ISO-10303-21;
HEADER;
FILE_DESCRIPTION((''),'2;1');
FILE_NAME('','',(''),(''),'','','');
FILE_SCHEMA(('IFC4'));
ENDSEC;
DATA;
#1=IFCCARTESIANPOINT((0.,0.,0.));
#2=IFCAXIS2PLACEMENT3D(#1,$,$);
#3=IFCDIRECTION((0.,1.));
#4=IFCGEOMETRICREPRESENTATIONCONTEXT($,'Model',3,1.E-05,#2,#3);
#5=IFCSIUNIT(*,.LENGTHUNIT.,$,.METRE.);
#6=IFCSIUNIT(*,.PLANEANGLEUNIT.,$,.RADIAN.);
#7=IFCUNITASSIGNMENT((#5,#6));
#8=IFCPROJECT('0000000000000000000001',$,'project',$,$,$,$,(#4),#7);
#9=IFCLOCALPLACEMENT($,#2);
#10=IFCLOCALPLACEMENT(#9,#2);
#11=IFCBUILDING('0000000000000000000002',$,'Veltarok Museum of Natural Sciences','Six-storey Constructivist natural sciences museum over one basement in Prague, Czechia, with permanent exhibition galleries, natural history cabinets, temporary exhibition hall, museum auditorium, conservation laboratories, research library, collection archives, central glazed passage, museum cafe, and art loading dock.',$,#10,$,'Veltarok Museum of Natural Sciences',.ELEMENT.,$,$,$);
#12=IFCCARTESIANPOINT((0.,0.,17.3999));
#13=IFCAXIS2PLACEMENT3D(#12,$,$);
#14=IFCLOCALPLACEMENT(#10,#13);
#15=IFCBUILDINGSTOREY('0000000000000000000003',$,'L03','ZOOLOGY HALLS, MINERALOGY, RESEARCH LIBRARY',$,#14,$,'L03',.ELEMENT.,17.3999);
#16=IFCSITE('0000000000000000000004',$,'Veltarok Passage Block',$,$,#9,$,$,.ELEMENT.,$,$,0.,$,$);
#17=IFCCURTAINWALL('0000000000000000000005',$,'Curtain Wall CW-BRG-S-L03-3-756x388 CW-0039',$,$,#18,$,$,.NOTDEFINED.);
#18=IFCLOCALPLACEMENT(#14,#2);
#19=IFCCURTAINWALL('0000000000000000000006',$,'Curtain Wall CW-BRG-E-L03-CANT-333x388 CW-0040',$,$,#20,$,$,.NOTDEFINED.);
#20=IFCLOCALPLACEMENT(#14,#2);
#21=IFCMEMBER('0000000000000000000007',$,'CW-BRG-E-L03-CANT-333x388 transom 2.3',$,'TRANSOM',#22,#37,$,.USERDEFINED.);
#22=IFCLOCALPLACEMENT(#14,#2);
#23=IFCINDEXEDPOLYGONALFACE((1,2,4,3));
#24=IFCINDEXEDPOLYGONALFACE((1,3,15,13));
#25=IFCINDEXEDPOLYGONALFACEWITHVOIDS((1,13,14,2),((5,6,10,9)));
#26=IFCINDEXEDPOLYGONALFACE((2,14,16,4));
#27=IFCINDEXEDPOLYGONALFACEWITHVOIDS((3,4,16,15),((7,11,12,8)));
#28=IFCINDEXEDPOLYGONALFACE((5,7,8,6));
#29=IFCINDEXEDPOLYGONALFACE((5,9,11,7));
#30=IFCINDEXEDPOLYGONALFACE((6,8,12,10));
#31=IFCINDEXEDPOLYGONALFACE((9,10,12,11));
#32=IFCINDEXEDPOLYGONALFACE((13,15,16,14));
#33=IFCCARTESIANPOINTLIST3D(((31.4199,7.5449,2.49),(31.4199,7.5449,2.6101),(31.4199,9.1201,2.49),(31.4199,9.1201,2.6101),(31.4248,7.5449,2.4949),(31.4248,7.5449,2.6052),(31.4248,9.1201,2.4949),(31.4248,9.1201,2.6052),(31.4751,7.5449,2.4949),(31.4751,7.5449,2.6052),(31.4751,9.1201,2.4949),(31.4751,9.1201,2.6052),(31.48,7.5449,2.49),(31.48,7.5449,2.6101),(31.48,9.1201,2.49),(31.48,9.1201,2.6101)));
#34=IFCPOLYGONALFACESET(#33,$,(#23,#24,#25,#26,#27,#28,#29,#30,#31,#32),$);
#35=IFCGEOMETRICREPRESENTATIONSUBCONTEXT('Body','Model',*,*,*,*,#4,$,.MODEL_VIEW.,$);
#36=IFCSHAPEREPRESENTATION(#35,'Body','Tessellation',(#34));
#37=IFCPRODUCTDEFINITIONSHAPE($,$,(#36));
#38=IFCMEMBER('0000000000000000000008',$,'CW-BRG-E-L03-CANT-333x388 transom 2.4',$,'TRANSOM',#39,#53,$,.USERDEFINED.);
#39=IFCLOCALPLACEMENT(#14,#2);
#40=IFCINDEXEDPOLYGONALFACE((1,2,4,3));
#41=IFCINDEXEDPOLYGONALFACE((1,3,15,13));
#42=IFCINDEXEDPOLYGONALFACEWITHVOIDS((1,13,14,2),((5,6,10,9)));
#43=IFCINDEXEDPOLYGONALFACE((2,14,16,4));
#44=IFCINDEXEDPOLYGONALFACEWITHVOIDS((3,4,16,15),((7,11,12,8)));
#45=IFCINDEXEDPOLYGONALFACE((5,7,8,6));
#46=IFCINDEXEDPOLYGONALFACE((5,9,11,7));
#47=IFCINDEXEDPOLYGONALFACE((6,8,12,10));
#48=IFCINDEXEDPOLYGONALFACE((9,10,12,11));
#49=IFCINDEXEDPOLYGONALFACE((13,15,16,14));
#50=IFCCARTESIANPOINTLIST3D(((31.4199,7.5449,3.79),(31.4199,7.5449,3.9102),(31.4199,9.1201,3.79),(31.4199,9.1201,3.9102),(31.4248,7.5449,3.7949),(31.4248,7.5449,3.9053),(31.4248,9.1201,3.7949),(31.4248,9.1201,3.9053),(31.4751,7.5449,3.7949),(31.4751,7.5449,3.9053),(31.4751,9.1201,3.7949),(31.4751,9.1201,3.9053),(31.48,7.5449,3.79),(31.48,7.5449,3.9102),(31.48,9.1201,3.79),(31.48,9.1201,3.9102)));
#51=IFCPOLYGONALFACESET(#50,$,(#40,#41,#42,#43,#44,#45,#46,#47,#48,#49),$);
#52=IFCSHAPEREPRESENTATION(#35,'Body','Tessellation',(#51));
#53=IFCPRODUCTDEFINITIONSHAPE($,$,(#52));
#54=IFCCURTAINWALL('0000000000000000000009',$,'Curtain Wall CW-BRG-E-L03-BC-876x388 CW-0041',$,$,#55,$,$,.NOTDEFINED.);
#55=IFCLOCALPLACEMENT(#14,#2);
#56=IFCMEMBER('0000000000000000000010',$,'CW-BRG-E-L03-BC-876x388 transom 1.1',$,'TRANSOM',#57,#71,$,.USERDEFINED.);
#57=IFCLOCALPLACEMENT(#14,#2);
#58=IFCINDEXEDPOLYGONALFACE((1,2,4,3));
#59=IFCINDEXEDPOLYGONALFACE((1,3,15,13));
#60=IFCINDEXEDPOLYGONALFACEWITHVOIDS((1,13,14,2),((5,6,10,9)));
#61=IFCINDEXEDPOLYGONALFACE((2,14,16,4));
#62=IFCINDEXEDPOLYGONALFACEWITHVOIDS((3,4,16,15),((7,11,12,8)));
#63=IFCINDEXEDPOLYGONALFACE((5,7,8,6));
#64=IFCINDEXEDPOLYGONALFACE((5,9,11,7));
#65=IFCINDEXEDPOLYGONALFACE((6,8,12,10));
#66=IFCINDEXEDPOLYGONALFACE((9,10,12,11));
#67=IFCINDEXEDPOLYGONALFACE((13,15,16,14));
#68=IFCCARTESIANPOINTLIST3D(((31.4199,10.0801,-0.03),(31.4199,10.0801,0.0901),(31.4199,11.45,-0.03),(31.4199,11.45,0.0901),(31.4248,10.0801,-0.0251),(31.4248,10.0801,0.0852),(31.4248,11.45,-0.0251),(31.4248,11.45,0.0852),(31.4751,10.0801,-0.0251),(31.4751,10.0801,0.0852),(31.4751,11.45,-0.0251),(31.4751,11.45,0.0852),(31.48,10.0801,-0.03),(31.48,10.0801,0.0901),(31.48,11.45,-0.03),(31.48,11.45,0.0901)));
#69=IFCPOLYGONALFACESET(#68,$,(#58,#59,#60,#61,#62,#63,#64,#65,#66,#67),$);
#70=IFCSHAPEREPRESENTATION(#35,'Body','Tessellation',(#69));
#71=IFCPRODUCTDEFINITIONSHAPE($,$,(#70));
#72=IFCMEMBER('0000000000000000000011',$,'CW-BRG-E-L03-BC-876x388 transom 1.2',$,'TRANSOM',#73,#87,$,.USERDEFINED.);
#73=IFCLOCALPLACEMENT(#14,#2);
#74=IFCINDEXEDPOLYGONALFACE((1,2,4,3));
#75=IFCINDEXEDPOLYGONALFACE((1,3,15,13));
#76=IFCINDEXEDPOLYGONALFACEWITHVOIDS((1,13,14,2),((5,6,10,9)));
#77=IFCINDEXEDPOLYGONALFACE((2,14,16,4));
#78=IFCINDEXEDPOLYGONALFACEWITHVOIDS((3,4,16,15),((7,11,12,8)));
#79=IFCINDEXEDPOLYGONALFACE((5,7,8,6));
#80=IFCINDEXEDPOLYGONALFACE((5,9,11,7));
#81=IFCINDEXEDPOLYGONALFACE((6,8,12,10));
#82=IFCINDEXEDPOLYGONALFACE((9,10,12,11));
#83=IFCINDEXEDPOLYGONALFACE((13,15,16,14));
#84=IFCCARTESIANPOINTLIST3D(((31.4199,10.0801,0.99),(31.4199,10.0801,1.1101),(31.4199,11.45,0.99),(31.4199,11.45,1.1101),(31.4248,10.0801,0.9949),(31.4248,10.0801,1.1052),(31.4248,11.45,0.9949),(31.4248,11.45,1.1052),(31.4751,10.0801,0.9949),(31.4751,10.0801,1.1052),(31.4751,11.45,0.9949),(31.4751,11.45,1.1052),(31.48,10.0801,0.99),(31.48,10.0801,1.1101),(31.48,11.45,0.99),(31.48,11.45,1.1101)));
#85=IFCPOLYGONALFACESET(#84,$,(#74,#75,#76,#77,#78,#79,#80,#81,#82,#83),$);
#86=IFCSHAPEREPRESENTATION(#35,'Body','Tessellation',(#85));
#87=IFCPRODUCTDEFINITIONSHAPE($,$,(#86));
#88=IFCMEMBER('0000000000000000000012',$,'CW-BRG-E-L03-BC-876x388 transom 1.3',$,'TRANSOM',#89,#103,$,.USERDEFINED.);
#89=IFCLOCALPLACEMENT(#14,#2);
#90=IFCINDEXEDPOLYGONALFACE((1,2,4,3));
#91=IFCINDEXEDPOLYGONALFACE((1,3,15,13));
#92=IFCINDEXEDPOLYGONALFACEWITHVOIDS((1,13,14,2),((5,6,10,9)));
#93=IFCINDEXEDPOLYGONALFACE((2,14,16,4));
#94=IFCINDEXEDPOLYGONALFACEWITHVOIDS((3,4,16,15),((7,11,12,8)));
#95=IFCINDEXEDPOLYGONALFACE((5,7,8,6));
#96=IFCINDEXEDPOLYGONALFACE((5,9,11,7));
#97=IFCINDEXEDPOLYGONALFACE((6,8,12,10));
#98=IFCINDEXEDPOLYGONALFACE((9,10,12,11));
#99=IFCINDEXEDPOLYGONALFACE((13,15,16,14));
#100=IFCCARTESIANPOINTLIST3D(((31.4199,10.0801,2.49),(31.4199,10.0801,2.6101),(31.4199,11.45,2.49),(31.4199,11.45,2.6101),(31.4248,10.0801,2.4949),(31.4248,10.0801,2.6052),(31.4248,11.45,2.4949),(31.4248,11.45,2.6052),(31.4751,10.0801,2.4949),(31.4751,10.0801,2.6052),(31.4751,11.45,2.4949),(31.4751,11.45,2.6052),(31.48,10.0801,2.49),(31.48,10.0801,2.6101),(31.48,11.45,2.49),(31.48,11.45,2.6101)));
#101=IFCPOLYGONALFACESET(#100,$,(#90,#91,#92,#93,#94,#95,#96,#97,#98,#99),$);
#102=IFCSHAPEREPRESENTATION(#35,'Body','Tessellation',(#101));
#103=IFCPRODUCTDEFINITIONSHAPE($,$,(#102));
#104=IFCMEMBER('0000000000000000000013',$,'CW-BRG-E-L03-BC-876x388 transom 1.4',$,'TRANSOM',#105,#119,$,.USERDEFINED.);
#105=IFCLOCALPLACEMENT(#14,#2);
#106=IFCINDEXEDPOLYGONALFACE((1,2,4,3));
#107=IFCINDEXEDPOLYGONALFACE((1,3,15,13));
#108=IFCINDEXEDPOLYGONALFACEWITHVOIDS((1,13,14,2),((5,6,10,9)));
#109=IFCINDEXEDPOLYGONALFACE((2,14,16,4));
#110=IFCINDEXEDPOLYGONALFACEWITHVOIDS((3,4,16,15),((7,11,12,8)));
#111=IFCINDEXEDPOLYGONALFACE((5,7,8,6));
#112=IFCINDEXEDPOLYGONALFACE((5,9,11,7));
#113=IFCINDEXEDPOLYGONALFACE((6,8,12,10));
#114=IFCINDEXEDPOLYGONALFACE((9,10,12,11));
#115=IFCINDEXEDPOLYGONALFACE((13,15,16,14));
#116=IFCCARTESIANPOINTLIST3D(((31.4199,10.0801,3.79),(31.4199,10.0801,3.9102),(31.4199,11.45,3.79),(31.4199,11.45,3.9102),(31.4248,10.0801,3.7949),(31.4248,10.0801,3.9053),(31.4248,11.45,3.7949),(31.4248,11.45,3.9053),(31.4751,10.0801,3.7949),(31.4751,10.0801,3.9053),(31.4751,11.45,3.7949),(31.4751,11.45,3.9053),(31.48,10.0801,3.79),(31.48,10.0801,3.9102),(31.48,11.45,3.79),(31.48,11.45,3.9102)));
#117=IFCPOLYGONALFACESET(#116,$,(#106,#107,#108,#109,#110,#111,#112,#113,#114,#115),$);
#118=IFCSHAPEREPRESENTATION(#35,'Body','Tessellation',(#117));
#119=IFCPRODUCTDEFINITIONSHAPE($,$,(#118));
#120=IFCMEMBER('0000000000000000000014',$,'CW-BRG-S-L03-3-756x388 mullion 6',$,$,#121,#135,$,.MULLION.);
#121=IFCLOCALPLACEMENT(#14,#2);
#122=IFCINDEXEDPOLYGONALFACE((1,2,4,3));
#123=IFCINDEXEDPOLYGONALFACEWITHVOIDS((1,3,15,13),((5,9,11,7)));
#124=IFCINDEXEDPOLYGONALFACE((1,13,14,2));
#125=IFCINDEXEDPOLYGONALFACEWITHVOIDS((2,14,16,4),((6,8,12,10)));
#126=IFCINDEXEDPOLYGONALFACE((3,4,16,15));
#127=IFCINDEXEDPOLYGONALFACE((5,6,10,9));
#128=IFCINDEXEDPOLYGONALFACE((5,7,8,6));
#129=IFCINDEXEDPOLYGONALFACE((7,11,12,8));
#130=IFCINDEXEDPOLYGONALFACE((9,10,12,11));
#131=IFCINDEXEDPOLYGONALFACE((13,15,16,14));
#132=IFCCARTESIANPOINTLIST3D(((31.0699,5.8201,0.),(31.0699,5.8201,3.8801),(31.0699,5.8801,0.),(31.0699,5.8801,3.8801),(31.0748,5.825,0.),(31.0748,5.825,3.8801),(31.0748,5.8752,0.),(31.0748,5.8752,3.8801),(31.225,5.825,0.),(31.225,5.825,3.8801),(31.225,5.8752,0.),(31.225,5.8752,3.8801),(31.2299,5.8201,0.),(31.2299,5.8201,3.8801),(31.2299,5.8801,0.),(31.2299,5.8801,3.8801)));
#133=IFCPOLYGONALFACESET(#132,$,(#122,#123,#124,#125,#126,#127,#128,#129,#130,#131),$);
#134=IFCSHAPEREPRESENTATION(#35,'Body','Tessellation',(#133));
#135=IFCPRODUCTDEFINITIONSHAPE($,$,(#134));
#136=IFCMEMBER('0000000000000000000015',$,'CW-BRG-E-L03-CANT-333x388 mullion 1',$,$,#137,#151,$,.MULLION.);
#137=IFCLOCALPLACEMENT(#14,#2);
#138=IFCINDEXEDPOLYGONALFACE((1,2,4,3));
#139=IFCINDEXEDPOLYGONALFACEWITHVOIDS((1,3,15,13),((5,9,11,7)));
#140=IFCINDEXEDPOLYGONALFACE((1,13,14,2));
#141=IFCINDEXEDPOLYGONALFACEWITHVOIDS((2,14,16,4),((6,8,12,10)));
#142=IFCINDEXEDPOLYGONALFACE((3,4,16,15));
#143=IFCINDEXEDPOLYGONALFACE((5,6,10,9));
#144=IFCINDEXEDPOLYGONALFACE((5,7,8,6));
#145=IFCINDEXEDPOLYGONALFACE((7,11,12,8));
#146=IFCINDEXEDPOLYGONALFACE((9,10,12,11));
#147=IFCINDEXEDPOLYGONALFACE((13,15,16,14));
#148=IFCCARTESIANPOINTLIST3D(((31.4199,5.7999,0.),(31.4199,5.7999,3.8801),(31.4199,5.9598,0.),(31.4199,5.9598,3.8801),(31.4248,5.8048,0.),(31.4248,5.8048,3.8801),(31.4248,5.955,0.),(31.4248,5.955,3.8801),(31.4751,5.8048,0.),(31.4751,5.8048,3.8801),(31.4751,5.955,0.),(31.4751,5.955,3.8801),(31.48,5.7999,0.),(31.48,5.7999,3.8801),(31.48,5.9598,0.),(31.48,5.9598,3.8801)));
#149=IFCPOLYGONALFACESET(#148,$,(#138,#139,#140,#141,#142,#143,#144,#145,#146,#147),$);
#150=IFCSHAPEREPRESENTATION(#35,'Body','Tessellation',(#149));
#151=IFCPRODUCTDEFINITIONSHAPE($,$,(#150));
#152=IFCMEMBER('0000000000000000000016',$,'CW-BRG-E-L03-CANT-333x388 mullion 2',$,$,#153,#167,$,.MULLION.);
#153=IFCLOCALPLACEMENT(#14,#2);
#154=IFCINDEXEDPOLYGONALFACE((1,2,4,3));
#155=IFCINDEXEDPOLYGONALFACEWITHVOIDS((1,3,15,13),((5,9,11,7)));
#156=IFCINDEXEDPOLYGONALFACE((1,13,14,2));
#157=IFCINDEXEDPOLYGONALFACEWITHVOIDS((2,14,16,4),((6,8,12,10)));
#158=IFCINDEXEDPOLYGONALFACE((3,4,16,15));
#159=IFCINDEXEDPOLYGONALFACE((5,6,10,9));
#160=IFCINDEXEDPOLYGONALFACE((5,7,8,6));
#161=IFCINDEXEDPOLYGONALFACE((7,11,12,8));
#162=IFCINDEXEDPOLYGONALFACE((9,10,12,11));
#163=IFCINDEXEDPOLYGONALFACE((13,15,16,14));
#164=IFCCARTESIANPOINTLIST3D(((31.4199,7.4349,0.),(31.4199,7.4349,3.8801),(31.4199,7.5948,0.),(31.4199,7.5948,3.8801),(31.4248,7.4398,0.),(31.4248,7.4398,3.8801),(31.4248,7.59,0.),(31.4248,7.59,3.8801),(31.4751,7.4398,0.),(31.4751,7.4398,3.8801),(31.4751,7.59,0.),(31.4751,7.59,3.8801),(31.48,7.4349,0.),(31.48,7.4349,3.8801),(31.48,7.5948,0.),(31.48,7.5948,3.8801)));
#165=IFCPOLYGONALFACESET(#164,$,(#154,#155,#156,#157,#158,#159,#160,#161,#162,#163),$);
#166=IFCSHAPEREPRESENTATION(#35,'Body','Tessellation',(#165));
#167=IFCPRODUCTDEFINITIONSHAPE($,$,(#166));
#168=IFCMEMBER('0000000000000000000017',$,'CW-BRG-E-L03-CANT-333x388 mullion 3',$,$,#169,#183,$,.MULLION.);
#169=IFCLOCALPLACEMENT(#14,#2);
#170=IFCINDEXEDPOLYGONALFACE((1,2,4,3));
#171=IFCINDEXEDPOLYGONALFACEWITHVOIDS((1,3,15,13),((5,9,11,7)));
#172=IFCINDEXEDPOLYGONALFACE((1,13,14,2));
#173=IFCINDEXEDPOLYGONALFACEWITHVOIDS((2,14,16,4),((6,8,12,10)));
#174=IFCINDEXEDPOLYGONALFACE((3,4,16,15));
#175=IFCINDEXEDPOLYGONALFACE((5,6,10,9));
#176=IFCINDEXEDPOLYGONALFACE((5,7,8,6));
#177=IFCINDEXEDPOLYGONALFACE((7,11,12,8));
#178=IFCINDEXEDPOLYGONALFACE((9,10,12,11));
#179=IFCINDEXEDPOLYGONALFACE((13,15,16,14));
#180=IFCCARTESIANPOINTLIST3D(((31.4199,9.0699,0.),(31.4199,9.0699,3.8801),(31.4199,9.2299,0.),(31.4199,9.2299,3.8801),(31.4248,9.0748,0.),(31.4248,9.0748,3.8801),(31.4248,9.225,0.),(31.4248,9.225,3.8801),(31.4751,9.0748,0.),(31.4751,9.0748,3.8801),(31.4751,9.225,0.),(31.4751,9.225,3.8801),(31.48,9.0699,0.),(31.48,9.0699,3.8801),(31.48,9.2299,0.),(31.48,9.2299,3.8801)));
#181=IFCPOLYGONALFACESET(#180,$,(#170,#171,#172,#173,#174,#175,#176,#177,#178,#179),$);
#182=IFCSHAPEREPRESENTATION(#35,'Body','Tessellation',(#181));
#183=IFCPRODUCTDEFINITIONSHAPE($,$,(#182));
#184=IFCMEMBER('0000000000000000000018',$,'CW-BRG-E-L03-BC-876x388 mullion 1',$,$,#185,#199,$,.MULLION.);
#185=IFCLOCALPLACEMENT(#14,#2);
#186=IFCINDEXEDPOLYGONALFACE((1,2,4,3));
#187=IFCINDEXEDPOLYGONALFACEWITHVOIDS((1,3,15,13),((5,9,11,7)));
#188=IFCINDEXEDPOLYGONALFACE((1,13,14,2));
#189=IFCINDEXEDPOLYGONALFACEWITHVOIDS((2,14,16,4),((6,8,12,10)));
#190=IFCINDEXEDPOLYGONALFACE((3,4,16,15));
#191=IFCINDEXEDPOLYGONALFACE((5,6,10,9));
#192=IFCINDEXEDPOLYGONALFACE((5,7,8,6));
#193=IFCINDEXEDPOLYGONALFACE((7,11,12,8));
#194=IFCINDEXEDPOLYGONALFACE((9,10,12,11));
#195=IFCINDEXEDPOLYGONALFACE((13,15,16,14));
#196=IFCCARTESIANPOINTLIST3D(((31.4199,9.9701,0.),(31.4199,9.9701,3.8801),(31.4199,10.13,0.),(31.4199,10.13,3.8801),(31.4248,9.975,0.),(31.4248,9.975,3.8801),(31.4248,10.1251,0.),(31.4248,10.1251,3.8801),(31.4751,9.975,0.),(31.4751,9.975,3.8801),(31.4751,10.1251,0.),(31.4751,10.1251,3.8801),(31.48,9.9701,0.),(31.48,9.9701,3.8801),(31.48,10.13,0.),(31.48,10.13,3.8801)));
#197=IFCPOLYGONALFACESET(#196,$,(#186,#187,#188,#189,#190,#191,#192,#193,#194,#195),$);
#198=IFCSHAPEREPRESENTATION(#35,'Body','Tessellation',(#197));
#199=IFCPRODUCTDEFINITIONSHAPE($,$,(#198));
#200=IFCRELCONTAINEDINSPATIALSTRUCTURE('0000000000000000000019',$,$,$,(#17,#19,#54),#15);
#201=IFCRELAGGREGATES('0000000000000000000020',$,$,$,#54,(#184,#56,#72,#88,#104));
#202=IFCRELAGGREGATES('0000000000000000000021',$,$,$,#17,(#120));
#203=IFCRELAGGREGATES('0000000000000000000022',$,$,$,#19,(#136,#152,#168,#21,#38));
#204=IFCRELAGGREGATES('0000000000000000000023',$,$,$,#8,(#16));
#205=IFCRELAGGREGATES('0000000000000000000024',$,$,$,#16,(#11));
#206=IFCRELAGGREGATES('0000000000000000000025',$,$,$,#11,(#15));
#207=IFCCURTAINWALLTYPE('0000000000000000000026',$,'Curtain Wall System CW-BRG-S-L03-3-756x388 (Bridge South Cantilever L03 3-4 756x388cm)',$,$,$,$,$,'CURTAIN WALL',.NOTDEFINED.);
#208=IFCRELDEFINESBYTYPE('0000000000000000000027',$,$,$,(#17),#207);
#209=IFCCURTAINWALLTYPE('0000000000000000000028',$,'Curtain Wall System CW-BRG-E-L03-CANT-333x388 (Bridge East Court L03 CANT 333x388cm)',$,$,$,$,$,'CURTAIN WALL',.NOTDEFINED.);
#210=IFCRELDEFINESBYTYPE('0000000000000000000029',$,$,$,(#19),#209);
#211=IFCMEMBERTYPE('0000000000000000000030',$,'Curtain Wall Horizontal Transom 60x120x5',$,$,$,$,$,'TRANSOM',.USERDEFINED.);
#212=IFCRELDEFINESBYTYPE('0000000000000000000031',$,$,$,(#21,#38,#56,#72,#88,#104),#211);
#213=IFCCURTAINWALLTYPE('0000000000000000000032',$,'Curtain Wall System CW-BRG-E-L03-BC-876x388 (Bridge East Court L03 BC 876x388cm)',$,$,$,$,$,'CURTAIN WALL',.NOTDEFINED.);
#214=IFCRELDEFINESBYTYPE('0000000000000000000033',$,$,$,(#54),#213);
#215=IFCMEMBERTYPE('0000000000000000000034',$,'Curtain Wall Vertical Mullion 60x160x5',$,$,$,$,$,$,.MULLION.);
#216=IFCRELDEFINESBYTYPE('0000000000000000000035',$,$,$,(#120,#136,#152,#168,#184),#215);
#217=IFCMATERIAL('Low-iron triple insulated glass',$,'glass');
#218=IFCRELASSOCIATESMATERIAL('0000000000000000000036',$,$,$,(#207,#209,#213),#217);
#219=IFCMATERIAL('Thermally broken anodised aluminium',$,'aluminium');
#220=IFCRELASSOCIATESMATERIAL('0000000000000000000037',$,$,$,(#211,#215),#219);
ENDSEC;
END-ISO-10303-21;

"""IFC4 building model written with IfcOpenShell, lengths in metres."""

from ifc_helpers import new_model, si_unit, direction, frame, origin, origin_2d, place, context, subcontext, project, spatial, hollow_rectangle, extrude, material, material_profile, profile_set, type_object, element, aggregate, save


model = new_model("IFC4")

# Units and contexts
model_context = context("Model", 3, precision=1e-05, world=origin(), true_north=direction((0.0, 1.0)))
body_context = subcontext(model_context, "Body", "Model", "MODEL_VIEW")
ifc_project = project(units=[si_unit("LENGTHUNIT", "METRE"), si_unit("PLANEANGLEUNIT", "RADIAN")], contexts=[model_context])

# Site, building, storey
site_placement = place(None, origin())
site = spatial("IfcSite", under=ifc_project, at=site_placement, Name="Veltarok Passage Block", CompositionType="ELEMENT", RefElevation=0.0)
building_placement = place(site_placement, origin())
building = spatial("IfcBuilding", under=site, at=building_placement, Name="Veltarok Museum of Natural Sciences", Description="Six-storey Constructivist natural sciences museum over one basement in Prague, Czechia, with permanent exhibition galleries, natural history cabinets, temporary exhibition hall, museum auditorium, conservation laboratories, research library, collection archives, central glazed passage, museum cafe, and art loading dock.", LongName="Veltarok Museum of Natural Sciences", CompositionType="ELEMENT")
storey_placement = place(building_placement, frame((0.0, 0.0, 17.3999)))
storey = spatial("IfcBuildingStorey", under=building, at=storey_placement, Name="L03", Description="ZOOLOGY HALLS, MINERALOGY, RESEARCH LIBRARY", LongName="L03", CompositionType="ELEMENT", Elevation=17.3999)

# Curtain walls, members
ifc_material_1 = material(Name="Low-iron triple insulated glass", Category="glass")
curtain_wall_type_1 = type_object("IfcCurtainWallType", Name="Curtain Wall System CW-BRG-S-L03-3-756x388 (Bridge South Cantilever L03 3-4 756x388cm)", ElementType="CURTAIN WALL", PredefinedType="NOTDEFINED", material=ifc_material_1)
curtain_wall_1_placement = place(storey_placement, origin())
curtain_wall_1 = element("IfcCurtainWall", 1, at=curtain_wall_1_placement, inside=storey, type_object=curtain_wall_type_1, Name="Curtain Wall CW-BRG-S-L03-3-756x388 CW-0039", PredefinedType="NOTDEFINED")
ifc_material_2 = material(Name="Thermally broken anodised aluminium", Category="aluminium")
ifc_material_profile_1 = material_profile(ifc_material_2, hollow_rectangle(XDim=0.0601, YDim=0.1201, WallThickness=0.0049, at=origin_2d()), Name="CW TRANSOM 60x120x5")
ifc_profile_set_1 = profile_set([ifc_material_profile_1], Name="Thermally broken anodised aluminium")
member_type_1 = type_object("IfcMemberType", Name="Curtain Wall Horizontal Transom 60x120x5", ElementType="TRANSOM", PredefinedType="USERDEFINED", material=ifc_profile_set_1)
curtain_wall_type_2 = type_object("IfcCurtainWallType", Name="Curtain Wall System CW-BRG-E-L03-CANT-333x388 (Bridge East Court L03 CANT 333x388cm)", ElementType="CURTAIN WALL", PredefinedType="NOTDEFINED", material=ifc_material_1)
curtain_wall_2_placement = place(storey_placement, origin())
curtain_wall_2 = element("IfcCurtainWall", 2, at=curtain_wall_2_placement, inside=storey, type_object=curtain_wall_type_2, Name="Curtain Wall CW-BRG-E-L03-CANT-333x388 CW-0040", PredefinedType="NOTDEFINED")
member_1_placement = place(storey_placement, frame((31.45, 7.5449, 2.55), z_axis=(0.0, 1.0, 0.0), x_axis=(-1.0, 0.0, 0.0)))
member_1 = element("IfcMember", 3, at=member_1_placement, type_object=member_type_1, Name="CW-BRG-E-L03-CANT-333x388 transom 2.3", ObjectType="TRANSOM", PredefinedType="USERDEFINED", context=body_context, shape_type="SweptSolid", body=[
    extrude(hollow_rectangle(XDim=0.0601, YDim=0.1201, WallThickness=0.0049, at=origin_2d()), origin(), (0.0, 0.0, 1.0), 1.5752),
])
member_2_placement = place(storey_placement, frame((31.45, 7.5449, 3.8501), z_axis=(0.0, 1.0, 0.0), x_axis=(-1.0, 0.0, 0.0)))
member_2 = element("IfcMember", 4, at=member_2_placement, type_object=member_type_1, Name="CW-BRG-E-L03-CANT-333x388 transom 2.4", ObjectType="TRANSOM", PredefinedType="USERDEFINED", context=body_context, shape_type="SweptSolid", body=[
    extrude(hollow_rectangle(XDim=0.0601, YDim=0.1201, WallThickness=0.0049, at=origin_2d()), origin(), (0.0, 0.0, 1.0), 1.5752),
])
curtain_wall_type_3 = type_object("IfcCurtainWallType", Name="Curtain Wall System CW-BRG-E-L03-BC-876x388 (Bridge East Court L03 BC 876x388cm)", ElementType="CURTAIN WALL", PredefinedType="NOTDEFINED", material=ifc_material_1)
curtain_wall_3_placement = place(storey_placement, origin())
curtain_wall_3 = element("IfcCurtainWall", 5, at=curtain_wall_3_placement, inside=storey, type_object=curtain_wall_type_3, Name="Curtain Wall CW-BRG-E-L03-BC-876x388 CW-0041", PredefinedType="NOTDEFINED")
member_3_placement = place(storey_placement, frame((31.45, 10.0801, 0.03), z_axis=(0.0, 1.0, 0.0), x_axis=(-1.0, 0.0, 0.0)))
member_3 = element("IfcMember", 6, at=member_3_placement, type_object=member_type_1, Name="CW-BRG-E-L03-BC-876x388 transom 1.1", ObjectType="TRANSOM", PredefinedType="USERDEFINED", context=body_context, shape_type="SweptSolid", body=[
    extrude(hollow_rectangle(XDim=0.0601, YDim=0.1201, WallThickness=0.0049, at=origin_2d()), origin(), (0.0, 0.0, 1.0), 1.3699),
])
member_4_placement = place(storey_placement, frame((31.45, 10.0801, 1.05), z_axis=(0.0, 1.0, 0.0), x_axis=(-1.0, 0.0, 0.0)))
member_4 = element("IfcMember", 7, at=member_4_placement, type_object=member_type_1, Name="CW-BRG-E-L03-BC-876x388 transom 1.2", ObjectType="TRANSOM", PredefinedType="USERDEFINED", context=body_context, shape_type="SweptSolid", body=[
    extrude(hollow_rectangle(XDim=0.0601, YDim=0.1201, WallThickness=0.0049, at=origin_2d()), origin(), (0.0, 0.0, 1.0), 1.3699),
])
member_5_placement = place(storey_placement, frame((31.45, 10.0801, 2.55), z_axis=(0.0, 1.0, 0.0), x_axis=(-1.0, 0.0, 0.0)))
member_5 = element("IfcMember", 8, at=member_5_placement, type_object=member_type_1, Name="CW-BRG-E-L03-BC-876x388 transom 1.3", ObjectType="TRANSOM", PredefinedType="USERDEFINED", context=body_context, shape_type="SweptSolid", body=[
    extrude(hollow_rectangle(XDim=0.0601, YDim=0.1201, WallThickness=0.0049, at=origin_2d()), origin(), (0.0, 0.0, 1.0), 1.3699),
])
member_6_placement = place(storey_placement, frame((31.45, 10.0801, 3.8501), z_axis=(0.0, 1.0, 0.0), x_axis=(-1.0, 0.0, 0.0)))
member_6 = element("IfcMember", 9, at=member_6_placement, type_object=member_type_1, Name="CW-BRG-E-L03-BC-876x388 transom 1.4", ObjectType="TRANSOM", PredefinedType="USERDEFINED", context=body_context, shape_type="SweptSolid", body=[
    extrude(hollow_rectangle(XDim=0.0601, YDim=0.1201, WallThickness=0.0049, at=origin_2d()), origin(), (0.0, 0.0, 1.0), 1.3699),
])

# Members
ifc_material_profile_2 = material_profile(ifc_material_2, hollow_rectangle(XDim=0.0601, YDim=0.1599, WallThickness=0.0049, at=origin_2d()), Name="CW MULLION 60x160x5")
ifc_profile_set_2 = profile_set([ifc_material_profile_2], Name="Thermally broken anodised aluminium")
member_type_2 = type_object("IfcMemberType", Name="Curtain Wall Vertical Mullion 60x160x5", PredefinedType="MULLION", material=ifc_profile_set_2)
member_7_placement = place(storey_placement, frame((31.1499, 5.8501, 0.0), z_axis=(0.0, 0.0, 1.0), x_axis=(0.0, 1.0, 0.0)))
member_7 = element("IfcMember", 10, at=member_7_placement, type_object=member_type_2, Name="CW-BRG-S-L03-3-756x388 mullion 6", PredefinedType="MULLION", context=body_context, shape_type="SweptSolid", body=[
    extrude(hollow_rectangle(XDim=0.0601, YDim=0.1599, WallThickness=0.0049, at=origin_2d()), origin(), (0.0, 0.0, 1.0), 3.8801),
])
member_8_placement = place(storey_placement, frame((31.45, 5.8799, 0.0), z_axis=(0.0, 0.0, 1.0), x_axis=(-1.0, 0.0, 0.0)))
member_8 = element("IfcMember", 11, at=member_8_placement, type_object=member_type_2, Name="CW-BRG-E-L03-CANT-333x388 mullion 1", PredefinedType="MULLION", context=body_context, shape_type="SweptSolid", body=[
    extrude(hollow_rectangle(XDim=0.0601, YDim=0.1599, WallThickness=0.0049, at=origin_2d()), origin(), (0.0, 0.0, 1.0), 3.8801),
])
member_9_placement = place(storey_placement, frame((31.45, 7.5149, 0.0), z_axis=(0.0, 0.0, 1.0), x_axis=(-1.0, 0.0, 0.0)))
member_9 = element("IfcMember", 12, at=member_9_placement, type_object=member_type_2, Name="CW-BRG-E-L03-CANT-333x388 mullion 2", PredefinedType="MULLION", context=body_context, shape_type="SweptSolid", body=[
    extrude(hollow_rectangle(XDim=0.0601, YDim=0.1599, WallThickness=0.0049, at=origin_2d()), origin(), (0.0, 0.0, 1.0), 3.8801),
])
member_10_placement = place(storey_placement, frame((31.45, 9.1499, 0.0), z_axis=(0.0, 0.0, 1.0), x_axis=(-1.0, 0.0, 0.0)))
member_10 = element("IfcMember", 13, at=member_10_placement, type_object=member_type_2, Name="CW-BRG-E-L03-CANT-333x388 mullion 3", PredefinedType="MULLION", context=body_context, shape_type="SweptSolid", body=[
    extrude(hollow_rectangle(XDim=0.0601, YDim=0.1599, WallThickness=0.0049, at=origin_2d()), origin(), (0.0, 0.0, 1.0), 3.8801),
])
member_11_placement = place(storey_placement, frame((31.45, 10.05, 0.0), z_axis=(0.0, 0.0, 1.0), x_axis=(-1.0, 0.0, 0.0)))
member_11 = element("IfcMember", 14, at=member_11_placement, type_object=member_type_2, Name="CW-BRG-E-L03-BC-876x388 mullion 1", PredefinedType="MULLION", context=body_context, shape_type="SweptSolid", body=[
    extrude(hollow_rectangle(XDim=0.0601, YDim=0.1599, WallThickness=0.0049, at=origin_2d()), origin(), (0.0, 0.0, 1.0), 3.8801),
])
aggregate(curtain_wall_3, [member_11, member_3, member_4, member_5, member_6])

aggregate(curtain_wall_1, [member_7])
aggregate(curtain_wall_2, [member_8, member_9, member_10, member_1, member_2])

save(model, "model.ifc")
